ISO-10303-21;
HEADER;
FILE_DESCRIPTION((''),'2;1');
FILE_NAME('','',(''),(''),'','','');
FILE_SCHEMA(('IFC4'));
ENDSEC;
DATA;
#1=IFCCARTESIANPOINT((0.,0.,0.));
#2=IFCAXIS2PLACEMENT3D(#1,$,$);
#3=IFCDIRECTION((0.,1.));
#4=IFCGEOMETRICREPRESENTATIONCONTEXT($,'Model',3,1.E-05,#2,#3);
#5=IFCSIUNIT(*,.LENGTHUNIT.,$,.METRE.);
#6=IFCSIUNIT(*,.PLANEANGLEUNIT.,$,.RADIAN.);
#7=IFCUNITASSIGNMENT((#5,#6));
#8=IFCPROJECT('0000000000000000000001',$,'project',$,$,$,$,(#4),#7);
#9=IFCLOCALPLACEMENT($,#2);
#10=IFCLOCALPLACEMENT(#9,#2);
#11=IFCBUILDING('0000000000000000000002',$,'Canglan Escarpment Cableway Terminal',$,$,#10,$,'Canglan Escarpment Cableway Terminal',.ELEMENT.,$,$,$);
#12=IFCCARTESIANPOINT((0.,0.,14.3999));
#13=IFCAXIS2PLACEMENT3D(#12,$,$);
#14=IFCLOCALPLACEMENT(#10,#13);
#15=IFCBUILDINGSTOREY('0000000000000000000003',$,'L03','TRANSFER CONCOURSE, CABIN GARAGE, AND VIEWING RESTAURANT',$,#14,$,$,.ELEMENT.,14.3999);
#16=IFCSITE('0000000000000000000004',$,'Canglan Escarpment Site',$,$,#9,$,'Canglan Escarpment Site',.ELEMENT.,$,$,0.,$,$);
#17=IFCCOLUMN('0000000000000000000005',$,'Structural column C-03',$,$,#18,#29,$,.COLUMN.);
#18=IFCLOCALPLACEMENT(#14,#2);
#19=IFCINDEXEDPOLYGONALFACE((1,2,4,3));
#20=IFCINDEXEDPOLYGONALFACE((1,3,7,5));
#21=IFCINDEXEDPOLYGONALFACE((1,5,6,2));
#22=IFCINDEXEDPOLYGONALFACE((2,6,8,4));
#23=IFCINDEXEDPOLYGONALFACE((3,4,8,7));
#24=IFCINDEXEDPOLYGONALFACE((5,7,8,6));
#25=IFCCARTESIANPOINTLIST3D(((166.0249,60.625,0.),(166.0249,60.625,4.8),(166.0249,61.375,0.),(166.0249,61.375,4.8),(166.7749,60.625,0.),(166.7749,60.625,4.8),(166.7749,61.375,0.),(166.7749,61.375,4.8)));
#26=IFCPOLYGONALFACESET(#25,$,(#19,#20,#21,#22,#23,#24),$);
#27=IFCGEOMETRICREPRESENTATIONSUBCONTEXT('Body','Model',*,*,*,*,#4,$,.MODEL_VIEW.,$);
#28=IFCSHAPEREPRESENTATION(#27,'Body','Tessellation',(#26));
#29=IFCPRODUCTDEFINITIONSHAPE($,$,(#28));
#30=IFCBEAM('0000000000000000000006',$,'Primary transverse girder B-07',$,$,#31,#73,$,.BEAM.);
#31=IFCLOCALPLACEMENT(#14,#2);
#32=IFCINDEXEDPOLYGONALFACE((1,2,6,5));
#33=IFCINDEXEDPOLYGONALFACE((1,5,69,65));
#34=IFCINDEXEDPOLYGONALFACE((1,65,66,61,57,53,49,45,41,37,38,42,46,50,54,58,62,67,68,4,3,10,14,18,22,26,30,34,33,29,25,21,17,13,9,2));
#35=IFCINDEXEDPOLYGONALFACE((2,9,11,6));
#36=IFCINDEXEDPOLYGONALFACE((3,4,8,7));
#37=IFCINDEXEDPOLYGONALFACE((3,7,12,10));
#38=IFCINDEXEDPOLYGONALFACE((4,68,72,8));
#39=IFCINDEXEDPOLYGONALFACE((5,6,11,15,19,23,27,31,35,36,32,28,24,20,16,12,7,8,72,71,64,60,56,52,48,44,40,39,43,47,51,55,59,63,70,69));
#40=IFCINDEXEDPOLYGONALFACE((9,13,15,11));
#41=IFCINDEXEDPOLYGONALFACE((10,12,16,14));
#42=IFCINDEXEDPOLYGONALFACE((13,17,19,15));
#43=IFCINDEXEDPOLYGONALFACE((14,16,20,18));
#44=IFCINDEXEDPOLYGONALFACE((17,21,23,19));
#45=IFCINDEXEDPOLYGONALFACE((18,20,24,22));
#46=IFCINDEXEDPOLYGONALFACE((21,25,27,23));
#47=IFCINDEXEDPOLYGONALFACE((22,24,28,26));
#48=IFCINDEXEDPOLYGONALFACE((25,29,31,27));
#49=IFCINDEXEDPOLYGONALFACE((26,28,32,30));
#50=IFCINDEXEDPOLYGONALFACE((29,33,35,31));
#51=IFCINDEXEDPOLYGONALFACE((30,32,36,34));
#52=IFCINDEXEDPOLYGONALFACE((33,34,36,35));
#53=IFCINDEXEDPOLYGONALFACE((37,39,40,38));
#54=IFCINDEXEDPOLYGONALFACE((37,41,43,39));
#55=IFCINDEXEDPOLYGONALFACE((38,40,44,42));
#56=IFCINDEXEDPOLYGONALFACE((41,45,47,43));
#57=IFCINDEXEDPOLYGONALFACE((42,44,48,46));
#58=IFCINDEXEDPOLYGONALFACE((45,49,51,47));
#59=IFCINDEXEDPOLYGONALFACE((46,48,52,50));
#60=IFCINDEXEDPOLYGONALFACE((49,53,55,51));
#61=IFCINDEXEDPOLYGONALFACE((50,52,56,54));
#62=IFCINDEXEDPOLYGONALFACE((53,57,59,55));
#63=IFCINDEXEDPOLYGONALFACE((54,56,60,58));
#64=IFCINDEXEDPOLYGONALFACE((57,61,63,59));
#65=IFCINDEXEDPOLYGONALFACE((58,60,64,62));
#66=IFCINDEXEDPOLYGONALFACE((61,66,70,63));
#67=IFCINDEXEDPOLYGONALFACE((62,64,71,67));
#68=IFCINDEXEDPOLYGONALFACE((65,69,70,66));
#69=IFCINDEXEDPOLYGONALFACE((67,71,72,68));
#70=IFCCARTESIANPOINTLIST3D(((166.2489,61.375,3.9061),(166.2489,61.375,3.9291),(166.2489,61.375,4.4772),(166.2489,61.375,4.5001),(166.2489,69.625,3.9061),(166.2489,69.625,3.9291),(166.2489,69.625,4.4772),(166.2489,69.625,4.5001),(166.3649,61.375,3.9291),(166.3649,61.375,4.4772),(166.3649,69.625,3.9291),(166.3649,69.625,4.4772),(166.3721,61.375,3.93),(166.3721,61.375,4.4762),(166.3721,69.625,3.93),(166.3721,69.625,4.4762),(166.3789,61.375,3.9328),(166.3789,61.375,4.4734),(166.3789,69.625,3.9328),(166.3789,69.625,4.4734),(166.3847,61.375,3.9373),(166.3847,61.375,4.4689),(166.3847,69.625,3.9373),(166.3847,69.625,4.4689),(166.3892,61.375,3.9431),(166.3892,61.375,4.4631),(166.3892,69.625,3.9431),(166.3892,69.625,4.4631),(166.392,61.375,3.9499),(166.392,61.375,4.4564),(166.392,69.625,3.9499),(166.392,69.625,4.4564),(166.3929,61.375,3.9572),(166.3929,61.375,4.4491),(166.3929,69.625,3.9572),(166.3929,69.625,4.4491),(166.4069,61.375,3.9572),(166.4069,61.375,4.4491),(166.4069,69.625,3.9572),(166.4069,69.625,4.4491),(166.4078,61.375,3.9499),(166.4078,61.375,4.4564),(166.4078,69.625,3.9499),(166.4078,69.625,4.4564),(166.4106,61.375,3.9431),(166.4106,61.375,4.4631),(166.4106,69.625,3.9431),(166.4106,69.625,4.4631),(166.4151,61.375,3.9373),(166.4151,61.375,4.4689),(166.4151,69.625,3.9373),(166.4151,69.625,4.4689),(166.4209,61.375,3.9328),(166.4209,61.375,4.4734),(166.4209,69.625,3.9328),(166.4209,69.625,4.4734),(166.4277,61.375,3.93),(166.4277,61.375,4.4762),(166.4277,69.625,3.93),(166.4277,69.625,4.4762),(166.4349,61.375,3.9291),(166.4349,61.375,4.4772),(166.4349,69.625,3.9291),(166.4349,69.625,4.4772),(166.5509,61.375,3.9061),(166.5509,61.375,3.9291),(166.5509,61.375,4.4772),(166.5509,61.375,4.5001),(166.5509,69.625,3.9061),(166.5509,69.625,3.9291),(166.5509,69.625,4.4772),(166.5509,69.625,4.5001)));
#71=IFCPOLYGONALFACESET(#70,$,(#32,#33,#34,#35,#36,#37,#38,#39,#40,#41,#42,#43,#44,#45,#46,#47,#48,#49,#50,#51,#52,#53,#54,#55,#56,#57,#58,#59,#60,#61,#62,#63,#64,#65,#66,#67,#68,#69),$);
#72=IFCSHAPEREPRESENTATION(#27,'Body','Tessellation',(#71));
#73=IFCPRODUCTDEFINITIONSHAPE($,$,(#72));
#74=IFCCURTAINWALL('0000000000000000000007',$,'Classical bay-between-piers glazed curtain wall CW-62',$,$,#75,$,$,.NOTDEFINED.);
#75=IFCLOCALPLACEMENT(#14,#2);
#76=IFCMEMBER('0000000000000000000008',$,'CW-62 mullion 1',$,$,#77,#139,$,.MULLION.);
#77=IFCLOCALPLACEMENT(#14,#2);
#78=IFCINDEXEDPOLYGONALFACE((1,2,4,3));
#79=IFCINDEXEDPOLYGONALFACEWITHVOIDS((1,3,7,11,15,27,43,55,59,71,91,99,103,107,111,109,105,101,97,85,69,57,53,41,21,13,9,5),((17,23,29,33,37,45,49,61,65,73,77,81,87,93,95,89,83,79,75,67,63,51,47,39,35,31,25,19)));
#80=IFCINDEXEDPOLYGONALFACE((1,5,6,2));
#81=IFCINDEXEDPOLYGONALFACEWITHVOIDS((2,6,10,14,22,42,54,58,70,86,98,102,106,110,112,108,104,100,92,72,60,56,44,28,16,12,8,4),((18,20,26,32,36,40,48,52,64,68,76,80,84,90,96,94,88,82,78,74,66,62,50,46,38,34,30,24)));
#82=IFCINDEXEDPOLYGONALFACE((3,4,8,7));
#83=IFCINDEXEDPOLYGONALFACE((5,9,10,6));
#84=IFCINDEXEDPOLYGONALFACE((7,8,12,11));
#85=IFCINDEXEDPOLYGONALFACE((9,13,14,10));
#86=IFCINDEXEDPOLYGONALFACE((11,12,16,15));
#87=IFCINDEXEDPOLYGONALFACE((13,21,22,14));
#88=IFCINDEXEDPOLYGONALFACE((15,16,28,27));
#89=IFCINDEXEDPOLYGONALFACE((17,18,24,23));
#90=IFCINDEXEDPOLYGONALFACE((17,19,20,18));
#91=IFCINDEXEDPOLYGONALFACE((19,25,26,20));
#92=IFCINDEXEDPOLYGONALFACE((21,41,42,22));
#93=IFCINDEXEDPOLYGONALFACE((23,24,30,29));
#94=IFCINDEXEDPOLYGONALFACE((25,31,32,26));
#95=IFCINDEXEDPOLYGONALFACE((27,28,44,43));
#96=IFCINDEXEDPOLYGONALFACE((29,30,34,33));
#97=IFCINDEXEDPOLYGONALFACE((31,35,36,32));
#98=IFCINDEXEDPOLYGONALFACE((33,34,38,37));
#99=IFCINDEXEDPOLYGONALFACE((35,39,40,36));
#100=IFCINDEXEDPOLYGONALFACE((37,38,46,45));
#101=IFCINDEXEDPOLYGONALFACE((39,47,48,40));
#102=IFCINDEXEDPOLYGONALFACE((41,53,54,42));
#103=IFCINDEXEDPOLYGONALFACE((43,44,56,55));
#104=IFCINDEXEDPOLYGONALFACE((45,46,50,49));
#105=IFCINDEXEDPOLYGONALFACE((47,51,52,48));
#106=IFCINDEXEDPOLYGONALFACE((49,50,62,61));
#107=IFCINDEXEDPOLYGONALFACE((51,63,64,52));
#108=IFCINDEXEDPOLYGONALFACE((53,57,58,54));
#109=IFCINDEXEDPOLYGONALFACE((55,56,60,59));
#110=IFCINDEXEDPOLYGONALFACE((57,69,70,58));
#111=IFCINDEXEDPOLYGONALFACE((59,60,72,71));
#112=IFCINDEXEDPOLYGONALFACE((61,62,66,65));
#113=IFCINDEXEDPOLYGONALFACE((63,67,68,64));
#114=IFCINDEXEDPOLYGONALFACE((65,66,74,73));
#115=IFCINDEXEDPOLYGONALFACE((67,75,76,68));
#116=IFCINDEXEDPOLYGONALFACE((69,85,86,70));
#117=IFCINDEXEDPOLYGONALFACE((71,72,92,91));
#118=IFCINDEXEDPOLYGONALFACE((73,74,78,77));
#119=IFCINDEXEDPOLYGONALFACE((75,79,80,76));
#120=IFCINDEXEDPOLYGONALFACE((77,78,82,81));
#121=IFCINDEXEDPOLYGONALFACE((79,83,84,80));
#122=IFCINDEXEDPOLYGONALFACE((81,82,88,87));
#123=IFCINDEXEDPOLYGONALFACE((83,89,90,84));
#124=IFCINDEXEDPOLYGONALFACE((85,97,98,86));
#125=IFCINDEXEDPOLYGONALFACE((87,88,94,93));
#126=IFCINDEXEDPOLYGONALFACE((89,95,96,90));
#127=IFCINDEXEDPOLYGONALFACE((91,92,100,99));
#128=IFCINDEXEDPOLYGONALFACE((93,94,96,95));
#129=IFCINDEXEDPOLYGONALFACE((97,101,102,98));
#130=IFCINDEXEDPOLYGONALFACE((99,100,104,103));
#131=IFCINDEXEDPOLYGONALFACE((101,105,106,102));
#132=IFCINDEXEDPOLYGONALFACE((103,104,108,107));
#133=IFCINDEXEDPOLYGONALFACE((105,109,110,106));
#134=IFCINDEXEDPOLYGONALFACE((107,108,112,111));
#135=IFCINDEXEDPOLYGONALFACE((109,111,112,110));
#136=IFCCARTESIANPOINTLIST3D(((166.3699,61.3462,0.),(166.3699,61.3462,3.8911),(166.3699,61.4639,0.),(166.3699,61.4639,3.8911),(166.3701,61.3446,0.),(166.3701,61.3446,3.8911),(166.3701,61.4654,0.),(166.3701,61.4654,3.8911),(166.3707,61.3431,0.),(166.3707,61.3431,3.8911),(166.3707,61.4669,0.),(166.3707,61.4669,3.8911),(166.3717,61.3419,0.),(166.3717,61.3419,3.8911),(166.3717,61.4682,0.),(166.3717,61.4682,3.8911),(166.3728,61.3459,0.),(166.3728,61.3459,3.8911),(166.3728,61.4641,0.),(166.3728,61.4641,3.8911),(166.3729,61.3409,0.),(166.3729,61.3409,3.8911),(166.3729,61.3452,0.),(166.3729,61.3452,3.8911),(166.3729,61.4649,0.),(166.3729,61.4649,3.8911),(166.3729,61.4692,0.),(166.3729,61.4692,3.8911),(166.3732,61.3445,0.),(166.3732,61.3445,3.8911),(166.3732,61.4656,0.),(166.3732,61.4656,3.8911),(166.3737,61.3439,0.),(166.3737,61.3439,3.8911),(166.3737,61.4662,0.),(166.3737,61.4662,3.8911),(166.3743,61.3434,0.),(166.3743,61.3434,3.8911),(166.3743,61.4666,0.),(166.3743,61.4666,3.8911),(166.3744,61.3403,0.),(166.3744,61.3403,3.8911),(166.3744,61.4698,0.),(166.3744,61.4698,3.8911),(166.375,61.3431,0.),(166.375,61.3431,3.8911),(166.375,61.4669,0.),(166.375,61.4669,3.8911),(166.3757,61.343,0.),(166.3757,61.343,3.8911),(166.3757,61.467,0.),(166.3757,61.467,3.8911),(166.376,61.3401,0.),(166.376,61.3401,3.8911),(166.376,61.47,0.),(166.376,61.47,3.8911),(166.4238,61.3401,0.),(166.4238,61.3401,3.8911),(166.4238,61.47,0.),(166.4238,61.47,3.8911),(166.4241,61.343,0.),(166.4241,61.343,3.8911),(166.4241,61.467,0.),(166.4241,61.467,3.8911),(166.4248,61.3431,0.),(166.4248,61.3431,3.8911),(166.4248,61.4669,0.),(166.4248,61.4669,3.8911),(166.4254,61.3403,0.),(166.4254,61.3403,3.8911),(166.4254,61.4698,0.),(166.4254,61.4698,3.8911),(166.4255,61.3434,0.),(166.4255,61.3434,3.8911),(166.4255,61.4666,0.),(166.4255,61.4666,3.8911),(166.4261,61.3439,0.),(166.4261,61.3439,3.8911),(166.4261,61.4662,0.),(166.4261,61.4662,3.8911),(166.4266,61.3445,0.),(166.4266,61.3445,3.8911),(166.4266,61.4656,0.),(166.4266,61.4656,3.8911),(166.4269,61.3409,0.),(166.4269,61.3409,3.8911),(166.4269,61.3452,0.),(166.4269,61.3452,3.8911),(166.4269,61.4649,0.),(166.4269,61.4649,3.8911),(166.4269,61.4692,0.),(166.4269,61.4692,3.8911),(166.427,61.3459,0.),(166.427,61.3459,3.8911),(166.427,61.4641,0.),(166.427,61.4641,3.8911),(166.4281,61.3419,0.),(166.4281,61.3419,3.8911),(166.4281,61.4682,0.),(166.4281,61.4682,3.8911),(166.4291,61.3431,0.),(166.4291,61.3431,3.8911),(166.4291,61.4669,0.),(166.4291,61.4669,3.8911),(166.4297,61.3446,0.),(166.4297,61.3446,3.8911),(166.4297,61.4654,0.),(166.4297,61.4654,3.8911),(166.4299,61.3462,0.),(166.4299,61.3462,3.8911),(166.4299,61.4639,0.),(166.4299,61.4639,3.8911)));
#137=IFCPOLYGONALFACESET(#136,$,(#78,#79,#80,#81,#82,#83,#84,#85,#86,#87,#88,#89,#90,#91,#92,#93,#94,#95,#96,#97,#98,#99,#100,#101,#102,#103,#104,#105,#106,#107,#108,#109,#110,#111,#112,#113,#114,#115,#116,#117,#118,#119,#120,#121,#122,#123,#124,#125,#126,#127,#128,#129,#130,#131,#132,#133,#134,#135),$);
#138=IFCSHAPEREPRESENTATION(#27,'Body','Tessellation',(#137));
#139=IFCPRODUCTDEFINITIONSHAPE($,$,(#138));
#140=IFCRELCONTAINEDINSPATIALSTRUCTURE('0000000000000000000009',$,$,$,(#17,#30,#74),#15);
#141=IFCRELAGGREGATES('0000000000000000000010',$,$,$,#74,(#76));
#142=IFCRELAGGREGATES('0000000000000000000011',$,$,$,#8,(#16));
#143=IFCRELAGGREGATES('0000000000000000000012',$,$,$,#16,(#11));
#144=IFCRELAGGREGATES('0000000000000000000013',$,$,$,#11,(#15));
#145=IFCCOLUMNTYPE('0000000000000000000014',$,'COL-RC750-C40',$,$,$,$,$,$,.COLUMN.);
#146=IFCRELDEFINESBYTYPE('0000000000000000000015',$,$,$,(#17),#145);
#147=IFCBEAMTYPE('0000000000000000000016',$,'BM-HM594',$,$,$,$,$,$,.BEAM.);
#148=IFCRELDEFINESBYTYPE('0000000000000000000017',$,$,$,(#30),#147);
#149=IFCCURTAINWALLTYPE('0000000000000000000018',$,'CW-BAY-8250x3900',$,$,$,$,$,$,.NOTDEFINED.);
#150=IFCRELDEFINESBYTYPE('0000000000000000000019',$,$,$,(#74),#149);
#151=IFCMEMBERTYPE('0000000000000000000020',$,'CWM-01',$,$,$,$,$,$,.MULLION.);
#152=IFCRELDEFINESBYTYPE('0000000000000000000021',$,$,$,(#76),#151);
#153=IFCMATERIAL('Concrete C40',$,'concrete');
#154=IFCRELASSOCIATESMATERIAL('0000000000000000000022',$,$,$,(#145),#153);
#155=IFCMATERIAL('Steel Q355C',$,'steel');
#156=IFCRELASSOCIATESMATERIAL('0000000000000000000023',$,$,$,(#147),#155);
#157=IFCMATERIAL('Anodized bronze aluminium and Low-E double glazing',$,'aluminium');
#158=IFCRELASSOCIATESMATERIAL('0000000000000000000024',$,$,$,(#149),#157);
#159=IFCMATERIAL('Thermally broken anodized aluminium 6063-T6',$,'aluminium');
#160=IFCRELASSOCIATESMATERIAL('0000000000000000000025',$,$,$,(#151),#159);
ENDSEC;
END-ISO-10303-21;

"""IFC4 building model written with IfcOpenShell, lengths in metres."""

from ifc_helpers import new_model, si_unit, direction, frame, origin, origin_2d, place, context, subcontext, project, spatial, rectangle, hollow_rectangle, i_section, extrude, material, material_profile, profile_set, type_object, element, aggregate, save


model = new_model("IFC4")

# Units and contexts
model_context = context("Model", 3, precision=1e-05, world=origin(), true_north=direction((0.0, 1.0)))
body_context = subcontext(model_context, "Body", "Model", "MODEL_VIEW")
ifc_project = project(units=[si_unit("LENGTHUNIT", "METRE"), si_unit("PLANEANGLEUNIT", "RADIAN")], contexts=[model_context])

# Site, building, storey
site_placement = place(None, origin())
site = spatial("IfcSite", under=ifc_project, at=site_placement, Name="Canglan Escarpment Site", LongName="Canglan Escarpment Site", CompositionType="ELEMENT", RefElevation=0.0)
building_placement = place(site_placement, origin())
building = spatial("IfcBuilding", under=site, at=building_placement, Name="Canglan Escarpment Cableway Terminal", LongName="Canglan Escarpment Cableway Terminal", CompositionType="ELEMENT")
storey_placement = place(building_placement, frame((0.0, 0.0, 14.3999)))
storey = spatial("IfcBuildingStorey", under=building, at=storey_placement, Name="L03", Description="TRANSFER CONCOURSE, CABIN GARAGE, AND VIEWING RESTAURANT", CompositionType="ELEMENT", Elevation=14.3999)

# Column
ifc_material_1 = material(Name="Concrete C40", Category="concrete")
ifc_material_profile_1 = material_profile(ifc_material_1, rectangle(XDim=0.75, YDim=0.75, at=origin_2d()), Name="RC 750x750")
ifc_profile_set_1 = profile_set([ifc_material_profile_1], Name="Concrete C40")
column_type = type_object("IfcColumnType", Name="COL-RC750-C40", PredefinedType="COLUMN", material=ifc_profile_set_1)
column_placement = place(storey_placement, frame((166.3999, 61.0, 0.0), z_axis=(0.0, 0.0, 1.0), x_axis=(1.0, 0.0, 0.0)))
element("IfcColumn", 1, at=column_placement, inside=storey, type_object=column_type, Name="Structural column C-03", PredefinedType="COLUMN", context=body_context, shape_type="SweptSolid", body=[
    extrude(rectangle(XDim=0.75, YDim=0.75, at=origin_2d()), origin(), (0.0, 0.0, 1.0), 4.8),
])

# Beam
ifc_material_2 = material(Name="Steel Q355C", Category="steel")
ifc_material_profile_2 = material_profile(ifc_material_2, i_section(OverallWidth=0.302, OverallDepth=0.594, WebThickness=0.0139, FlangeThickness=0.0229, FilletRadius=0.0281, at=origin_2d()), Name="HM 594x302x14x23")
ifc_profile_set_2 = profile_set([ifc_material_profile_2], Name="Steel Q355C")
beam_type = type_object("IfcBeamType", Name="BM-HM594", PredefinedType="BEAM", material=ifc_profile_set_2)
beam_placement = place(storey_placement, frame((166.3999, 61.375, 4.2031), z_axis=(0.0, 1.0, 0.0), x_axis=(-1.0, 0.0, 0.0)))
element("IfcBeam", 2, at=beam_placement, inside=storey, type_object=beam_type, Name="Primary transverse girder B-07", PredefinedType="BEAM", context=body_context, shape_type="SweptSolid", body=[
    extrude(i_section(OverallWidth=0.302, OverallDepth=0.594, WebThickness=0.0139, FlangeThickness=0.0229, FilletRadius=0.0281, at=origin_2d()), origin(), (0.0, 0.0, 1.0), 8.25),
])

# Curtain wall, member
ifc_material_3 = material(Name="Anodized bronze aluminium and Low-E double glazing", Category="aluminium")
curtain_wall_type = type_object("IfcCurtainWallType", Name="CW-BAY-8250x3900", PredefinedType="NOTDEFINED", material=ifc_material_3)
curtain_wall_1_placement = place(storey_placement, origin())
curtain_wall_1 = element("IfcCurtainWall", 3, at=curtain_wall_1_placement, inside=storey, type_object=curtain_wall_type, Name="Classical bay-between-piers glazed curtain wall CW-62", PredefinedType="NOTDEFINED")
ifc_material_4 = material(Name="Thermally broken anodized aluminium 6063-T6", Category="aluminium")
ifc_material_profile_3 = material_profile(ifc_material_4, hollow_rectangle(XDim=0.0601, YDim=0.1299, WallThickness=0.0029, InnerFilletRadius=0.0029, OuterFilletRadius=0.0061, at=origin_2d()), Name="ALU-MULL 60x130x3")
ifc_profile_set_3 = profile_set([ifc_material_profile_3], Name="Thermally broken anodized aluminium 6063-T6")
member_type_1 = type_object("IfcMemberType", Name="CWM-01", PredefinedType="MULLION", material=ifc_profile_set_3)
member_1_placement = place(storey_placement, frame((166.3999, 61.405, 0.0), z_axis=(0.0, 0.0, 1.0), x_axis=(-1.0, 0.0, 0.0)))
member_1 = element("IfcMember", 4, at=member_1_placement, type_object=member_type_1, Name="CW-62 mullion 1", PredefinedType="MULLION", context=body_context, shape_type="SweptSolid", body=[
    extrude(hollow_rectangle(XDim=0.0601, YDim=0.1299, WallThickness=0.0029, InnerFilletRadius=0.0029, OuterFilletRadius=0.0061, at=origin_2d()), origin(), (0.0, 0.0, 1.0), 3.8911),
])

aggregate(curtain_wall_1, [member_1])

save(model, "model.ifc")
